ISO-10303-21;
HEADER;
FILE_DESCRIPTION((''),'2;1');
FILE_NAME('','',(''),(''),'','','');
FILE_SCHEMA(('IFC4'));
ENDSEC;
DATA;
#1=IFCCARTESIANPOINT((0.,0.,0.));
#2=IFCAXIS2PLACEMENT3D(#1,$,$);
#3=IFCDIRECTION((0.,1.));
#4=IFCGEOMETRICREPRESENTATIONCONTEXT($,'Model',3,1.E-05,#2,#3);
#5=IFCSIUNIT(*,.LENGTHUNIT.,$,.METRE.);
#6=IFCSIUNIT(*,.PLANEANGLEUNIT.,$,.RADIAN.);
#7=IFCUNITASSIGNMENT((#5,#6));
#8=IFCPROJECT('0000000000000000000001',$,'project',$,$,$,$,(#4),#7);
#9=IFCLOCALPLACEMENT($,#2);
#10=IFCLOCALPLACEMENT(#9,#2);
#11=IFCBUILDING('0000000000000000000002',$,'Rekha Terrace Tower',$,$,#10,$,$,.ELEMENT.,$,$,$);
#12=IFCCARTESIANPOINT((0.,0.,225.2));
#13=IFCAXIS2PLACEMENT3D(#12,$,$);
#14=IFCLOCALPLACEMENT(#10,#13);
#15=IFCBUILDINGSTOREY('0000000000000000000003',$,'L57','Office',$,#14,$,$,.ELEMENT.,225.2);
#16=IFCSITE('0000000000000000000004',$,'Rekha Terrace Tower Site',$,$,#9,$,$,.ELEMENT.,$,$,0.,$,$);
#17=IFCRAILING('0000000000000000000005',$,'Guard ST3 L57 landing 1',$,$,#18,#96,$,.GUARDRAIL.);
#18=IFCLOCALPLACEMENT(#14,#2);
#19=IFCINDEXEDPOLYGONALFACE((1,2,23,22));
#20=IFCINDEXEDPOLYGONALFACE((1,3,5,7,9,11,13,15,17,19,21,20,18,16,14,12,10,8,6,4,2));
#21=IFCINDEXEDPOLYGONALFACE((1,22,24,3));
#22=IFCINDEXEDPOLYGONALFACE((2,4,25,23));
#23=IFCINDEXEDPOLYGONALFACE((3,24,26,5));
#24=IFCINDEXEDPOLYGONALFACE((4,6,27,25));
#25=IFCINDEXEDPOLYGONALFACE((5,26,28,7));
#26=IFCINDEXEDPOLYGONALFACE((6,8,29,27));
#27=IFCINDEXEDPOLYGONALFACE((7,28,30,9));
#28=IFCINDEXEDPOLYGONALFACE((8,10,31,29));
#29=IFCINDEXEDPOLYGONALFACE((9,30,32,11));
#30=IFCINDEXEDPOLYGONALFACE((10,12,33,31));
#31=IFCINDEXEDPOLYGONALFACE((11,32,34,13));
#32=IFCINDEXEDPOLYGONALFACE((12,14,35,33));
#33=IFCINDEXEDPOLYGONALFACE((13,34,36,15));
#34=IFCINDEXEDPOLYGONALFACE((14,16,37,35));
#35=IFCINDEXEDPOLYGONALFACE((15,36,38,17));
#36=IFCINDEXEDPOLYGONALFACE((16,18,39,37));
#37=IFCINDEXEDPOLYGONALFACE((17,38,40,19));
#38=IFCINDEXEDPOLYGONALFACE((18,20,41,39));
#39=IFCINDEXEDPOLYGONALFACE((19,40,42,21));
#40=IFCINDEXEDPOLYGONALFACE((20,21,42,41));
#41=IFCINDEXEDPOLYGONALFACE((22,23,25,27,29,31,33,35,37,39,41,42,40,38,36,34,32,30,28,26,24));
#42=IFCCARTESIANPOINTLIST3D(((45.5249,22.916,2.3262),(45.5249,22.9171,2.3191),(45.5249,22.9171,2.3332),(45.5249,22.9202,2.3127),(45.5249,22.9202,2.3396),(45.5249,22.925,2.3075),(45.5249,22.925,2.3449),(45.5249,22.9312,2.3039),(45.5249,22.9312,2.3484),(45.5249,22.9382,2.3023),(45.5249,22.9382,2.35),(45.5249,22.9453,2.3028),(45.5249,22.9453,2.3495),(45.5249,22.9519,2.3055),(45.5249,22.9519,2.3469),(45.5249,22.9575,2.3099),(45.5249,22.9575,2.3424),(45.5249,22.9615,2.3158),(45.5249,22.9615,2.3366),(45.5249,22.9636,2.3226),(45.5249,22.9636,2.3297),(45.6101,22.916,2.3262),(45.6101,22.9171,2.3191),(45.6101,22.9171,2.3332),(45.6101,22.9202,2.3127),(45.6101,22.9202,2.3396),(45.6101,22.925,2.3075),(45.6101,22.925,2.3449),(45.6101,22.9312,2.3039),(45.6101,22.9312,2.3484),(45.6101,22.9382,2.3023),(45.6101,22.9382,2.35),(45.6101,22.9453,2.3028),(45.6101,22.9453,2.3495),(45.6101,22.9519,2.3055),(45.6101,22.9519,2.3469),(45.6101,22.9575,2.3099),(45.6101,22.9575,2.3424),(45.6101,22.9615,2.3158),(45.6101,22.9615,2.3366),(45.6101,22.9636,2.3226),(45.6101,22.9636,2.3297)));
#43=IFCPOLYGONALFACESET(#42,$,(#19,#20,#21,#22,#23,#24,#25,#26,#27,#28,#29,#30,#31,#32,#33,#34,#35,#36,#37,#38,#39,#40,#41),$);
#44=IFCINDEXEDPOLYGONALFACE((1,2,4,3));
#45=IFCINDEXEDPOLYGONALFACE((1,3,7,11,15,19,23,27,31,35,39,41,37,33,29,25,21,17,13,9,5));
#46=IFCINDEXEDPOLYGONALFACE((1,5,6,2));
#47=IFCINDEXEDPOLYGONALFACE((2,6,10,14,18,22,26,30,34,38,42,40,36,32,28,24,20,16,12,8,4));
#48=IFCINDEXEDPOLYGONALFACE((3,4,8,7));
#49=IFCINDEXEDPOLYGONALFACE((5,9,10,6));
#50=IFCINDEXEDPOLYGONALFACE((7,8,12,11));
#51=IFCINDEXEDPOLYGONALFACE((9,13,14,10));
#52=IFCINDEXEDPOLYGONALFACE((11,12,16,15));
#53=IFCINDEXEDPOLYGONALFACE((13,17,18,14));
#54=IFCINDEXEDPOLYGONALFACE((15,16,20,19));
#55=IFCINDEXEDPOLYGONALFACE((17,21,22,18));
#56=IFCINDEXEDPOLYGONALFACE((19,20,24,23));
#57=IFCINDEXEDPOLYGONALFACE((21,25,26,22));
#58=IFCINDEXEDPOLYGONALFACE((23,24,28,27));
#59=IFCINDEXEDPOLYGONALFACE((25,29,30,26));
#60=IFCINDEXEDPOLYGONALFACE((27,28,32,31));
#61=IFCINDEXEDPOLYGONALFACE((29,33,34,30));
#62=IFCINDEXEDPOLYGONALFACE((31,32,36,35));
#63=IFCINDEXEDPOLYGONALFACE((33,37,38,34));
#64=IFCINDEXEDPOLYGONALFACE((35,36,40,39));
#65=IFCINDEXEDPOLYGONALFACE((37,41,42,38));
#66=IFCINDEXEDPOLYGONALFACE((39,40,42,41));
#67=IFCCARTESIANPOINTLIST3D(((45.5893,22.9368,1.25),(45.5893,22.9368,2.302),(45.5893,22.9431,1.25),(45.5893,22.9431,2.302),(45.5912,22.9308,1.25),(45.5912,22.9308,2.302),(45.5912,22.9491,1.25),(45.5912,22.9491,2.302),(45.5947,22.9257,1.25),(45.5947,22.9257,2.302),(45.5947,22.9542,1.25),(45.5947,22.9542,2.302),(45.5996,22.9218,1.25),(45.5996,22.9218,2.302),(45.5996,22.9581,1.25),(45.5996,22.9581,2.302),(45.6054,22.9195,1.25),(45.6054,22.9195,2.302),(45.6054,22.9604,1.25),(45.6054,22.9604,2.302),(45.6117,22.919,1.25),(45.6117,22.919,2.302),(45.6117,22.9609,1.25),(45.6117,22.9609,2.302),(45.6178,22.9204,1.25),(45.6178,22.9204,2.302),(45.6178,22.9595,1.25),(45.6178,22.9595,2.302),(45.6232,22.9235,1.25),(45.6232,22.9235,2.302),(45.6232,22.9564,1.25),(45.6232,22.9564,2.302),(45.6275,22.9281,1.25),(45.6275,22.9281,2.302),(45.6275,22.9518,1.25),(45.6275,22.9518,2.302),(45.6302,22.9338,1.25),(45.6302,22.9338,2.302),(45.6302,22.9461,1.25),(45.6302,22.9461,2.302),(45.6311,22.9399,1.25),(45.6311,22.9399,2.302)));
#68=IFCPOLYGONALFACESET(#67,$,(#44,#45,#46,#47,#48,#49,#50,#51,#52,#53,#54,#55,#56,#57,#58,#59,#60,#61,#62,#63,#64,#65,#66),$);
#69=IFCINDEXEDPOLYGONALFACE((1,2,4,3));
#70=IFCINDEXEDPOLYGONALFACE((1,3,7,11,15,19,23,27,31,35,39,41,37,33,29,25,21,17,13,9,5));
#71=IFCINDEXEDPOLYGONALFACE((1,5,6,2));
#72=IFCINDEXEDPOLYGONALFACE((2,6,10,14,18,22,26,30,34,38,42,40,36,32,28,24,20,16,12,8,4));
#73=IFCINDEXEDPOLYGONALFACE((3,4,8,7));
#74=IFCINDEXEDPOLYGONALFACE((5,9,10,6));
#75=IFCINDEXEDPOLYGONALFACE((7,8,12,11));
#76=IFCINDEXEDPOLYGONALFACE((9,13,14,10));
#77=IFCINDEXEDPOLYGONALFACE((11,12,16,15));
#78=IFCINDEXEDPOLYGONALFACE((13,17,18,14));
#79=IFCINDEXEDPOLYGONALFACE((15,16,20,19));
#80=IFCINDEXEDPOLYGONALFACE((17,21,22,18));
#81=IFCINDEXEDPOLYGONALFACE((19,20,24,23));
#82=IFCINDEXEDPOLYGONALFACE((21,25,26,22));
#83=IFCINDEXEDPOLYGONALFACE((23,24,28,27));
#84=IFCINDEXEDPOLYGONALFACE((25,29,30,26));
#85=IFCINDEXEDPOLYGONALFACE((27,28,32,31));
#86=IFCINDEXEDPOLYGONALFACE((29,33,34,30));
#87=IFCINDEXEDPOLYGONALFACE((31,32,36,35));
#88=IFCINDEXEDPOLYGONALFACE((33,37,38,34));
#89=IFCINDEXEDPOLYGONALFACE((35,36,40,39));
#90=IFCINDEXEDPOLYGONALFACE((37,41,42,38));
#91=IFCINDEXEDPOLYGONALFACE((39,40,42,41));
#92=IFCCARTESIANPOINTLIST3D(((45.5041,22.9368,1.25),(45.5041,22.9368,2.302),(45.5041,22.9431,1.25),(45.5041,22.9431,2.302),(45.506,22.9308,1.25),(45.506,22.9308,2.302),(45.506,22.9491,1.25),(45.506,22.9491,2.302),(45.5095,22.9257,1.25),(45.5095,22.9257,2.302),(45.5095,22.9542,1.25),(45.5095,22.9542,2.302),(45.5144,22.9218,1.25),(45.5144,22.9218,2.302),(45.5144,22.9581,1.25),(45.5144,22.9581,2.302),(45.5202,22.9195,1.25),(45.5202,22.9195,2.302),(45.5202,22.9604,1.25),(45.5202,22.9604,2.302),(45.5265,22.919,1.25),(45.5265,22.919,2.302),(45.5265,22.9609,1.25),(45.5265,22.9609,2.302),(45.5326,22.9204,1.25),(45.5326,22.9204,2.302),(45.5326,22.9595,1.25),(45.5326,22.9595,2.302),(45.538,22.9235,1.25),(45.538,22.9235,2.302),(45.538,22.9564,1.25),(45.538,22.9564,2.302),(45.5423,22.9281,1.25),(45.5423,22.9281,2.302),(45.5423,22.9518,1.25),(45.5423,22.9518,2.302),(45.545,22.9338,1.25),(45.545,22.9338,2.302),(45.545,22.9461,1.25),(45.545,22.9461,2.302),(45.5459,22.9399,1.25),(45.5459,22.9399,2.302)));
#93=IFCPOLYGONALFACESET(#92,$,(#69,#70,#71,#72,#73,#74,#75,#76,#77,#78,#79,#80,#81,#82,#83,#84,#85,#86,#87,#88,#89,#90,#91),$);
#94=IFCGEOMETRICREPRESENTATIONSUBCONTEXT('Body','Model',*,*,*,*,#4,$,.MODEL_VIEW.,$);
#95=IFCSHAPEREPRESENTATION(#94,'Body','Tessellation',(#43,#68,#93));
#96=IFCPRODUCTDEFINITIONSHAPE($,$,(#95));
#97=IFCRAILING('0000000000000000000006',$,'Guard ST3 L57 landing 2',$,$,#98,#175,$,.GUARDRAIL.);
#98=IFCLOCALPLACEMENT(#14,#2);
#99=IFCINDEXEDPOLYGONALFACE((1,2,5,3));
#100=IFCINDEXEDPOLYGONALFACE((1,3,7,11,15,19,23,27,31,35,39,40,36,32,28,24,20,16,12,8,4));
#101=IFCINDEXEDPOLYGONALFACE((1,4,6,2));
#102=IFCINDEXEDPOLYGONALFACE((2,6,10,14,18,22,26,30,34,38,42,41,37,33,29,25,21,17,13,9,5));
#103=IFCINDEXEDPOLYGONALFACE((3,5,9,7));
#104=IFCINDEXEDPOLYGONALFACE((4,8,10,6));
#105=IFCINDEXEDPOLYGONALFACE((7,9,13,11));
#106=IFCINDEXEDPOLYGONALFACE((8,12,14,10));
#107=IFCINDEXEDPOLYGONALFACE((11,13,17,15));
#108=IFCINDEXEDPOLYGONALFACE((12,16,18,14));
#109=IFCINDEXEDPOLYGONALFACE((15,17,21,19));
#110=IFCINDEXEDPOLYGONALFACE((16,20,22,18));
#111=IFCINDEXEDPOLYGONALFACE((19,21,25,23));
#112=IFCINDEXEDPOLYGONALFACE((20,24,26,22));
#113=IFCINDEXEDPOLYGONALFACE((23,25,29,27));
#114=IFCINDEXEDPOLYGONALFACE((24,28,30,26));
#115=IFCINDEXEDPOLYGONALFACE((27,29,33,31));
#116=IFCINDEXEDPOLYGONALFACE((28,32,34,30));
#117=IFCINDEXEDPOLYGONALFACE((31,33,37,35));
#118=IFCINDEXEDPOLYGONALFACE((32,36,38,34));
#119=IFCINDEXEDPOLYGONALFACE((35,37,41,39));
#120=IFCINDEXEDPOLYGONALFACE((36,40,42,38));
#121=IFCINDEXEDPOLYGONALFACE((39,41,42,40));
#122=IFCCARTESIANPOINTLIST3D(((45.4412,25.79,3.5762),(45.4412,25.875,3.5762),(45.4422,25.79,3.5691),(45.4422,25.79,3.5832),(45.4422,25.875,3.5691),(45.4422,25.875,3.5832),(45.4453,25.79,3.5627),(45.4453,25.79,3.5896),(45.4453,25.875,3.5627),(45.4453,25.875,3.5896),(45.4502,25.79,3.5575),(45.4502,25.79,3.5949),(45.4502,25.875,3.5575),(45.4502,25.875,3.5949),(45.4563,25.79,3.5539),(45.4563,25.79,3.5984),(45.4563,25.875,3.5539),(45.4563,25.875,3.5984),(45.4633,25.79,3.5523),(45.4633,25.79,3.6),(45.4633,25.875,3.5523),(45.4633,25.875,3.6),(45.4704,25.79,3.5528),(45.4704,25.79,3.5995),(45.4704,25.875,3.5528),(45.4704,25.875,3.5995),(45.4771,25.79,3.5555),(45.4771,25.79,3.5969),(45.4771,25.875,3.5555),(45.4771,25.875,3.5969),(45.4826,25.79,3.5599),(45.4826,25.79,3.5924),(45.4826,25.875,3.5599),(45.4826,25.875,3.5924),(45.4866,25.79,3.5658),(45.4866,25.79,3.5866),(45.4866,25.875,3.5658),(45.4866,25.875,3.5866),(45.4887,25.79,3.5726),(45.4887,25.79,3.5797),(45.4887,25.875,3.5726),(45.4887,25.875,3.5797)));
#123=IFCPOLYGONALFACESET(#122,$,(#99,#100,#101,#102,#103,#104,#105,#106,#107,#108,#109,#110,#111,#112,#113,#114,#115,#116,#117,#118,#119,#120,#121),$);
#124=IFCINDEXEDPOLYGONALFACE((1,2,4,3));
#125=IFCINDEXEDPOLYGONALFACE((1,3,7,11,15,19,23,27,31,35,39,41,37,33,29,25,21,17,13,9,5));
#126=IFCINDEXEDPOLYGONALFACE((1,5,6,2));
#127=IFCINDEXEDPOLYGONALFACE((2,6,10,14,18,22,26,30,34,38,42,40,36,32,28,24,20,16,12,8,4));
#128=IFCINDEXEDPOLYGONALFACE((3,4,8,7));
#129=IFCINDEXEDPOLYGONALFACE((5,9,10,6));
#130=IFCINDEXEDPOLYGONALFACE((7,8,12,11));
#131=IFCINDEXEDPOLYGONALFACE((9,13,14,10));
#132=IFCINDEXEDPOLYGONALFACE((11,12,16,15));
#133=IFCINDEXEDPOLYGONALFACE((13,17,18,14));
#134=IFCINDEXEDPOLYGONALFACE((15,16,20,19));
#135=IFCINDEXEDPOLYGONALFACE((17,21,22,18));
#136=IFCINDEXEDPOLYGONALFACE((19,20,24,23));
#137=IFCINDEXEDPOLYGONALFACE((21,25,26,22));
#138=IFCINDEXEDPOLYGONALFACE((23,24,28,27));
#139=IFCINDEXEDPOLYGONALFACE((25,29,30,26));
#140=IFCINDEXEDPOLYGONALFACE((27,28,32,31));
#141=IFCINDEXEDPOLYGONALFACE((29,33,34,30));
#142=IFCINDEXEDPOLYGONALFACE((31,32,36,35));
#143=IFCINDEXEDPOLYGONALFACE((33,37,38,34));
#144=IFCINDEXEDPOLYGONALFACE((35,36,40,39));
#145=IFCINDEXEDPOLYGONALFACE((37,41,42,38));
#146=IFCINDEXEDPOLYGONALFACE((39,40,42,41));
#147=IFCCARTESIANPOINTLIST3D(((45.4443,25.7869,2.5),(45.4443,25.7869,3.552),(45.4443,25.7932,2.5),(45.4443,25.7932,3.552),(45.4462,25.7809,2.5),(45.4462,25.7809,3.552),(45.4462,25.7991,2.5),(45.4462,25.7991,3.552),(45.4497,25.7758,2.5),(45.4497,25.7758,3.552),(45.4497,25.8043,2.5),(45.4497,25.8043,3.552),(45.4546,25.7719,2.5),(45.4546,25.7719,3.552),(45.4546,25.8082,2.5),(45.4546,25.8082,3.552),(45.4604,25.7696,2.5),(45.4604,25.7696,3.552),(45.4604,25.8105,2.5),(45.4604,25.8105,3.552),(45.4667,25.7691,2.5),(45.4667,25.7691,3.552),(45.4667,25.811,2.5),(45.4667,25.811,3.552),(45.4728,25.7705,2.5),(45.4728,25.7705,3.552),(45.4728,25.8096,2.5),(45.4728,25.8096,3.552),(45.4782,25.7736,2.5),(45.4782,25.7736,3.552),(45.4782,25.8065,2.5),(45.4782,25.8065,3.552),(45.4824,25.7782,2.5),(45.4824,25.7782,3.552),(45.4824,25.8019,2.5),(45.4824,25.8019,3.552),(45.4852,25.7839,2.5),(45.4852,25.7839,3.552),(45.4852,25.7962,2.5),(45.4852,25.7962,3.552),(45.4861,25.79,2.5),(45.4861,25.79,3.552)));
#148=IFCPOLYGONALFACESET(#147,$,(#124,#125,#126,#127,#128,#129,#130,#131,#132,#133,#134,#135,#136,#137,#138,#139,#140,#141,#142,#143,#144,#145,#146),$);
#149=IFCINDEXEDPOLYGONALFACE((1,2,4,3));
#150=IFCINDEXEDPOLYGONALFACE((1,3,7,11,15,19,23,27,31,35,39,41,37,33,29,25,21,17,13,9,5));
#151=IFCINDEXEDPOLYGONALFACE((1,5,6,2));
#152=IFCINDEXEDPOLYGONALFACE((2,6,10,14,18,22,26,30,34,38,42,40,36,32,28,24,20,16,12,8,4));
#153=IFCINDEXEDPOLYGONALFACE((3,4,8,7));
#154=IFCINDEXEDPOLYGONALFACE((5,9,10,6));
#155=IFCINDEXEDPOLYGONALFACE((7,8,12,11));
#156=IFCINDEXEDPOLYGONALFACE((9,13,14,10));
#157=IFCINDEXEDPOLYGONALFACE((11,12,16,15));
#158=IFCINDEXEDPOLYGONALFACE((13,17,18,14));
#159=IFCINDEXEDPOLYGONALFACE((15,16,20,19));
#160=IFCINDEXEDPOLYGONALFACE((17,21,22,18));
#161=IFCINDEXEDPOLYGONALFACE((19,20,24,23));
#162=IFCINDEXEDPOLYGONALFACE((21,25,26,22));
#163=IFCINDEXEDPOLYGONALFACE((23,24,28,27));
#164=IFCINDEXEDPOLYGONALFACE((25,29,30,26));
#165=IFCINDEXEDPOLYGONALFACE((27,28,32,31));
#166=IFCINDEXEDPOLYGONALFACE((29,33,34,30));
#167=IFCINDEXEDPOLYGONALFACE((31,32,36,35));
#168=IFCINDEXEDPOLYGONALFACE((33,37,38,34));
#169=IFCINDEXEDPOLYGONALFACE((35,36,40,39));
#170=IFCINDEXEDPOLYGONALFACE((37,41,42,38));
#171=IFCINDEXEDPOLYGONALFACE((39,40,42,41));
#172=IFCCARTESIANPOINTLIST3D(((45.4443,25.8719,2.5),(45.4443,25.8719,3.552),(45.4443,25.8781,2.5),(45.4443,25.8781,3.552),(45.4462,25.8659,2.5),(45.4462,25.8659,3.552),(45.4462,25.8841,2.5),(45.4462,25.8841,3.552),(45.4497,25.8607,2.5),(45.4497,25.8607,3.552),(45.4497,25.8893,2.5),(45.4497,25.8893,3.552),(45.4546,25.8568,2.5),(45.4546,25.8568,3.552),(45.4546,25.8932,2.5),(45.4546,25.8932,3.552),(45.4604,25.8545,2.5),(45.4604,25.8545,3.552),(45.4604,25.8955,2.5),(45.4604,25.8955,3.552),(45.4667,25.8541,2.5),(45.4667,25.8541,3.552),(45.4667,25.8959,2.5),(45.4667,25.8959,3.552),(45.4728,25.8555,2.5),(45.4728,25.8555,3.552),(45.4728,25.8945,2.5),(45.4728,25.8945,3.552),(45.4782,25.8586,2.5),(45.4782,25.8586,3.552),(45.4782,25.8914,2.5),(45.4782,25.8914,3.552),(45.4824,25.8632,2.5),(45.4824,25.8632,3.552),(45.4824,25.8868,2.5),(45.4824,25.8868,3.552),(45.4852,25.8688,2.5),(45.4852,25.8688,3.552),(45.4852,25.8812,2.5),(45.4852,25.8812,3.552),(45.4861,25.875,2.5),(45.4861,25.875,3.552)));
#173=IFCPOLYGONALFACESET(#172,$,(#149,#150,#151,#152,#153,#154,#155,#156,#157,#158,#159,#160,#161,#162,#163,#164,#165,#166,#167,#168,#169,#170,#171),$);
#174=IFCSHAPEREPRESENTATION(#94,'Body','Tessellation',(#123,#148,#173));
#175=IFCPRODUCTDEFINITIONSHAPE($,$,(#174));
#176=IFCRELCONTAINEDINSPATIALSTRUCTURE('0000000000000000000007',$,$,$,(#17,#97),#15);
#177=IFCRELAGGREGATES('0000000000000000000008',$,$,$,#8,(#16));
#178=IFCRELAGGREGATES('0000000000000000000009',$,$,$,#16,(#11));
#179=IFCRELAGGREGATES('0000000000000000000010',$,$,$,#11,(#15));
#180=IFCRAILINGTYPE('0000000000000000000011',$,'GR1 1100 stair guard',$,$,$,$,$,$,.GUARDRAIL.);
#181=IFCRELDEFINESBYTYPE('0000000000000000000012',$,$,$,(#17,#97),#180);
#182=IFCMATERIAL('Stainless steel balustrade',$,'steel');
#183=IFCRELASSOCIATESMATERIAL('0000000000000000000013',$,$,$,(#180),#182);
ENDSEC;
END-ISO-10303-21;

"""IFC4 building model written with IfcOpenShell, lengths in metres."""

from ifc_helpers import new_model, si_unit, direction, frame, origin, origin_2d, place, context, subcontext, project, spatial, circle, extrude, material, type_object, element, save


model = new_model("IFC4")

# Units and contexts
model_context = context("Model", 3, precision=1e-05, world=origin(), true_north=direction((0.0, 1.0)))
body_context = subcontext(model_context, "Body", "Model", "MODEL_VIEW")
ifc_project = project(units=[si_unit("LENGTHUNIT", "METRE"), si_unit("PLANEANGLEUNIT", "RADIAN")], contexts=[model_context])

# Site, building, storey
site_placement = place(None, origin())
site = spatial("IfcSite", under=ifc_project, at=site_placement, Name="Rekha Terrace Tower Site", CompositionType="ELEMENT", RefElevation=0.0)
building_placement = place(site_placement, origin())
building = spatial("IfcBuilding", under=site, at=building_placement, Name="Rekha Terrace Tower", CompositionType="ELEMENT")
storey_placement = place(building_placement, frame((0.0, 0.0, 225.2)))
storey = spatial("IfcBuildingStorey", under=building, at=storey_placement, Name="L57", Description="Office", CompositionType="ELEMENT", Elevation=225.2)

# Railings
ifc_material_1 = material(Name="Stainless steel balustrade", Category="steel")
railing_type_1 = type_object("IfcRailingType", Name="GR1 1100 stair guard", PredefinedType="GUARDRAIL", material=ifc_material_1)
railing_1_placement = place(storey_placement, frame((45.6101, 22.9399, 1.25)))
element("IfcRailing", 1, at=railing_1_placement, inside=storey, type_object=railing_type_1, Name="Guard ST3 L57 landing 1", PredefinedType="GUARDRAIL", context=body_context, shape_type="SweptSolid", body=[
    extrude(circle(Radius=0.0239, at=origin_2d()), frame((0.0, 0.0, 1.0762), z_axis=(-1.0, 0.0, 0.0), x_axis=(0.0, -1.0, 0.0)), (0.0, 0.0, 1.0), 0.0852),
    extrude(circle(Radius=0.021, at=origin_2d()), origin(), (0.0, 0.0, 1.0), 1.052),
    extrude(circle(Radius=0.021, at=origin_2d()), frame((-0.0852, 0.0, 0.0)), (0.0, 0.0, 1.0), 1.052),
])
railing_2_placement = place(storey_placement, frame((45.4651, 25.79, 2.5)))
element("IfcRailing", 2, at=railing_2_placement, inside=storey, type_object=railing_type_1, Name="Guard ST3 L57 landing 2", PredefinedType="GUARDRAIL", context=body_context, shape_type="SweptSolid", body=[
    extrude(circle(Radius=0.0239, at=origin_2d()), frame((0.0, 0.0, 1.0762), z_axis=(0.0, 1.0, 0.0), x_axis=(-1.0, 0.0, 0.0)), (0.0, 0.0, 1.0), 0.085),
    extrude(circle(Radius=0.021, at=origin_2d()), origin(), (0.0, 0.0, 1.0), 1.052),
    extrude(circle(Radius=0.021, at=origin_2d()), frame((0.0, 0.085, 0.0)), (0.0, 0.0, 1.0), 1.052),
])

save(model, "model.ifc")
